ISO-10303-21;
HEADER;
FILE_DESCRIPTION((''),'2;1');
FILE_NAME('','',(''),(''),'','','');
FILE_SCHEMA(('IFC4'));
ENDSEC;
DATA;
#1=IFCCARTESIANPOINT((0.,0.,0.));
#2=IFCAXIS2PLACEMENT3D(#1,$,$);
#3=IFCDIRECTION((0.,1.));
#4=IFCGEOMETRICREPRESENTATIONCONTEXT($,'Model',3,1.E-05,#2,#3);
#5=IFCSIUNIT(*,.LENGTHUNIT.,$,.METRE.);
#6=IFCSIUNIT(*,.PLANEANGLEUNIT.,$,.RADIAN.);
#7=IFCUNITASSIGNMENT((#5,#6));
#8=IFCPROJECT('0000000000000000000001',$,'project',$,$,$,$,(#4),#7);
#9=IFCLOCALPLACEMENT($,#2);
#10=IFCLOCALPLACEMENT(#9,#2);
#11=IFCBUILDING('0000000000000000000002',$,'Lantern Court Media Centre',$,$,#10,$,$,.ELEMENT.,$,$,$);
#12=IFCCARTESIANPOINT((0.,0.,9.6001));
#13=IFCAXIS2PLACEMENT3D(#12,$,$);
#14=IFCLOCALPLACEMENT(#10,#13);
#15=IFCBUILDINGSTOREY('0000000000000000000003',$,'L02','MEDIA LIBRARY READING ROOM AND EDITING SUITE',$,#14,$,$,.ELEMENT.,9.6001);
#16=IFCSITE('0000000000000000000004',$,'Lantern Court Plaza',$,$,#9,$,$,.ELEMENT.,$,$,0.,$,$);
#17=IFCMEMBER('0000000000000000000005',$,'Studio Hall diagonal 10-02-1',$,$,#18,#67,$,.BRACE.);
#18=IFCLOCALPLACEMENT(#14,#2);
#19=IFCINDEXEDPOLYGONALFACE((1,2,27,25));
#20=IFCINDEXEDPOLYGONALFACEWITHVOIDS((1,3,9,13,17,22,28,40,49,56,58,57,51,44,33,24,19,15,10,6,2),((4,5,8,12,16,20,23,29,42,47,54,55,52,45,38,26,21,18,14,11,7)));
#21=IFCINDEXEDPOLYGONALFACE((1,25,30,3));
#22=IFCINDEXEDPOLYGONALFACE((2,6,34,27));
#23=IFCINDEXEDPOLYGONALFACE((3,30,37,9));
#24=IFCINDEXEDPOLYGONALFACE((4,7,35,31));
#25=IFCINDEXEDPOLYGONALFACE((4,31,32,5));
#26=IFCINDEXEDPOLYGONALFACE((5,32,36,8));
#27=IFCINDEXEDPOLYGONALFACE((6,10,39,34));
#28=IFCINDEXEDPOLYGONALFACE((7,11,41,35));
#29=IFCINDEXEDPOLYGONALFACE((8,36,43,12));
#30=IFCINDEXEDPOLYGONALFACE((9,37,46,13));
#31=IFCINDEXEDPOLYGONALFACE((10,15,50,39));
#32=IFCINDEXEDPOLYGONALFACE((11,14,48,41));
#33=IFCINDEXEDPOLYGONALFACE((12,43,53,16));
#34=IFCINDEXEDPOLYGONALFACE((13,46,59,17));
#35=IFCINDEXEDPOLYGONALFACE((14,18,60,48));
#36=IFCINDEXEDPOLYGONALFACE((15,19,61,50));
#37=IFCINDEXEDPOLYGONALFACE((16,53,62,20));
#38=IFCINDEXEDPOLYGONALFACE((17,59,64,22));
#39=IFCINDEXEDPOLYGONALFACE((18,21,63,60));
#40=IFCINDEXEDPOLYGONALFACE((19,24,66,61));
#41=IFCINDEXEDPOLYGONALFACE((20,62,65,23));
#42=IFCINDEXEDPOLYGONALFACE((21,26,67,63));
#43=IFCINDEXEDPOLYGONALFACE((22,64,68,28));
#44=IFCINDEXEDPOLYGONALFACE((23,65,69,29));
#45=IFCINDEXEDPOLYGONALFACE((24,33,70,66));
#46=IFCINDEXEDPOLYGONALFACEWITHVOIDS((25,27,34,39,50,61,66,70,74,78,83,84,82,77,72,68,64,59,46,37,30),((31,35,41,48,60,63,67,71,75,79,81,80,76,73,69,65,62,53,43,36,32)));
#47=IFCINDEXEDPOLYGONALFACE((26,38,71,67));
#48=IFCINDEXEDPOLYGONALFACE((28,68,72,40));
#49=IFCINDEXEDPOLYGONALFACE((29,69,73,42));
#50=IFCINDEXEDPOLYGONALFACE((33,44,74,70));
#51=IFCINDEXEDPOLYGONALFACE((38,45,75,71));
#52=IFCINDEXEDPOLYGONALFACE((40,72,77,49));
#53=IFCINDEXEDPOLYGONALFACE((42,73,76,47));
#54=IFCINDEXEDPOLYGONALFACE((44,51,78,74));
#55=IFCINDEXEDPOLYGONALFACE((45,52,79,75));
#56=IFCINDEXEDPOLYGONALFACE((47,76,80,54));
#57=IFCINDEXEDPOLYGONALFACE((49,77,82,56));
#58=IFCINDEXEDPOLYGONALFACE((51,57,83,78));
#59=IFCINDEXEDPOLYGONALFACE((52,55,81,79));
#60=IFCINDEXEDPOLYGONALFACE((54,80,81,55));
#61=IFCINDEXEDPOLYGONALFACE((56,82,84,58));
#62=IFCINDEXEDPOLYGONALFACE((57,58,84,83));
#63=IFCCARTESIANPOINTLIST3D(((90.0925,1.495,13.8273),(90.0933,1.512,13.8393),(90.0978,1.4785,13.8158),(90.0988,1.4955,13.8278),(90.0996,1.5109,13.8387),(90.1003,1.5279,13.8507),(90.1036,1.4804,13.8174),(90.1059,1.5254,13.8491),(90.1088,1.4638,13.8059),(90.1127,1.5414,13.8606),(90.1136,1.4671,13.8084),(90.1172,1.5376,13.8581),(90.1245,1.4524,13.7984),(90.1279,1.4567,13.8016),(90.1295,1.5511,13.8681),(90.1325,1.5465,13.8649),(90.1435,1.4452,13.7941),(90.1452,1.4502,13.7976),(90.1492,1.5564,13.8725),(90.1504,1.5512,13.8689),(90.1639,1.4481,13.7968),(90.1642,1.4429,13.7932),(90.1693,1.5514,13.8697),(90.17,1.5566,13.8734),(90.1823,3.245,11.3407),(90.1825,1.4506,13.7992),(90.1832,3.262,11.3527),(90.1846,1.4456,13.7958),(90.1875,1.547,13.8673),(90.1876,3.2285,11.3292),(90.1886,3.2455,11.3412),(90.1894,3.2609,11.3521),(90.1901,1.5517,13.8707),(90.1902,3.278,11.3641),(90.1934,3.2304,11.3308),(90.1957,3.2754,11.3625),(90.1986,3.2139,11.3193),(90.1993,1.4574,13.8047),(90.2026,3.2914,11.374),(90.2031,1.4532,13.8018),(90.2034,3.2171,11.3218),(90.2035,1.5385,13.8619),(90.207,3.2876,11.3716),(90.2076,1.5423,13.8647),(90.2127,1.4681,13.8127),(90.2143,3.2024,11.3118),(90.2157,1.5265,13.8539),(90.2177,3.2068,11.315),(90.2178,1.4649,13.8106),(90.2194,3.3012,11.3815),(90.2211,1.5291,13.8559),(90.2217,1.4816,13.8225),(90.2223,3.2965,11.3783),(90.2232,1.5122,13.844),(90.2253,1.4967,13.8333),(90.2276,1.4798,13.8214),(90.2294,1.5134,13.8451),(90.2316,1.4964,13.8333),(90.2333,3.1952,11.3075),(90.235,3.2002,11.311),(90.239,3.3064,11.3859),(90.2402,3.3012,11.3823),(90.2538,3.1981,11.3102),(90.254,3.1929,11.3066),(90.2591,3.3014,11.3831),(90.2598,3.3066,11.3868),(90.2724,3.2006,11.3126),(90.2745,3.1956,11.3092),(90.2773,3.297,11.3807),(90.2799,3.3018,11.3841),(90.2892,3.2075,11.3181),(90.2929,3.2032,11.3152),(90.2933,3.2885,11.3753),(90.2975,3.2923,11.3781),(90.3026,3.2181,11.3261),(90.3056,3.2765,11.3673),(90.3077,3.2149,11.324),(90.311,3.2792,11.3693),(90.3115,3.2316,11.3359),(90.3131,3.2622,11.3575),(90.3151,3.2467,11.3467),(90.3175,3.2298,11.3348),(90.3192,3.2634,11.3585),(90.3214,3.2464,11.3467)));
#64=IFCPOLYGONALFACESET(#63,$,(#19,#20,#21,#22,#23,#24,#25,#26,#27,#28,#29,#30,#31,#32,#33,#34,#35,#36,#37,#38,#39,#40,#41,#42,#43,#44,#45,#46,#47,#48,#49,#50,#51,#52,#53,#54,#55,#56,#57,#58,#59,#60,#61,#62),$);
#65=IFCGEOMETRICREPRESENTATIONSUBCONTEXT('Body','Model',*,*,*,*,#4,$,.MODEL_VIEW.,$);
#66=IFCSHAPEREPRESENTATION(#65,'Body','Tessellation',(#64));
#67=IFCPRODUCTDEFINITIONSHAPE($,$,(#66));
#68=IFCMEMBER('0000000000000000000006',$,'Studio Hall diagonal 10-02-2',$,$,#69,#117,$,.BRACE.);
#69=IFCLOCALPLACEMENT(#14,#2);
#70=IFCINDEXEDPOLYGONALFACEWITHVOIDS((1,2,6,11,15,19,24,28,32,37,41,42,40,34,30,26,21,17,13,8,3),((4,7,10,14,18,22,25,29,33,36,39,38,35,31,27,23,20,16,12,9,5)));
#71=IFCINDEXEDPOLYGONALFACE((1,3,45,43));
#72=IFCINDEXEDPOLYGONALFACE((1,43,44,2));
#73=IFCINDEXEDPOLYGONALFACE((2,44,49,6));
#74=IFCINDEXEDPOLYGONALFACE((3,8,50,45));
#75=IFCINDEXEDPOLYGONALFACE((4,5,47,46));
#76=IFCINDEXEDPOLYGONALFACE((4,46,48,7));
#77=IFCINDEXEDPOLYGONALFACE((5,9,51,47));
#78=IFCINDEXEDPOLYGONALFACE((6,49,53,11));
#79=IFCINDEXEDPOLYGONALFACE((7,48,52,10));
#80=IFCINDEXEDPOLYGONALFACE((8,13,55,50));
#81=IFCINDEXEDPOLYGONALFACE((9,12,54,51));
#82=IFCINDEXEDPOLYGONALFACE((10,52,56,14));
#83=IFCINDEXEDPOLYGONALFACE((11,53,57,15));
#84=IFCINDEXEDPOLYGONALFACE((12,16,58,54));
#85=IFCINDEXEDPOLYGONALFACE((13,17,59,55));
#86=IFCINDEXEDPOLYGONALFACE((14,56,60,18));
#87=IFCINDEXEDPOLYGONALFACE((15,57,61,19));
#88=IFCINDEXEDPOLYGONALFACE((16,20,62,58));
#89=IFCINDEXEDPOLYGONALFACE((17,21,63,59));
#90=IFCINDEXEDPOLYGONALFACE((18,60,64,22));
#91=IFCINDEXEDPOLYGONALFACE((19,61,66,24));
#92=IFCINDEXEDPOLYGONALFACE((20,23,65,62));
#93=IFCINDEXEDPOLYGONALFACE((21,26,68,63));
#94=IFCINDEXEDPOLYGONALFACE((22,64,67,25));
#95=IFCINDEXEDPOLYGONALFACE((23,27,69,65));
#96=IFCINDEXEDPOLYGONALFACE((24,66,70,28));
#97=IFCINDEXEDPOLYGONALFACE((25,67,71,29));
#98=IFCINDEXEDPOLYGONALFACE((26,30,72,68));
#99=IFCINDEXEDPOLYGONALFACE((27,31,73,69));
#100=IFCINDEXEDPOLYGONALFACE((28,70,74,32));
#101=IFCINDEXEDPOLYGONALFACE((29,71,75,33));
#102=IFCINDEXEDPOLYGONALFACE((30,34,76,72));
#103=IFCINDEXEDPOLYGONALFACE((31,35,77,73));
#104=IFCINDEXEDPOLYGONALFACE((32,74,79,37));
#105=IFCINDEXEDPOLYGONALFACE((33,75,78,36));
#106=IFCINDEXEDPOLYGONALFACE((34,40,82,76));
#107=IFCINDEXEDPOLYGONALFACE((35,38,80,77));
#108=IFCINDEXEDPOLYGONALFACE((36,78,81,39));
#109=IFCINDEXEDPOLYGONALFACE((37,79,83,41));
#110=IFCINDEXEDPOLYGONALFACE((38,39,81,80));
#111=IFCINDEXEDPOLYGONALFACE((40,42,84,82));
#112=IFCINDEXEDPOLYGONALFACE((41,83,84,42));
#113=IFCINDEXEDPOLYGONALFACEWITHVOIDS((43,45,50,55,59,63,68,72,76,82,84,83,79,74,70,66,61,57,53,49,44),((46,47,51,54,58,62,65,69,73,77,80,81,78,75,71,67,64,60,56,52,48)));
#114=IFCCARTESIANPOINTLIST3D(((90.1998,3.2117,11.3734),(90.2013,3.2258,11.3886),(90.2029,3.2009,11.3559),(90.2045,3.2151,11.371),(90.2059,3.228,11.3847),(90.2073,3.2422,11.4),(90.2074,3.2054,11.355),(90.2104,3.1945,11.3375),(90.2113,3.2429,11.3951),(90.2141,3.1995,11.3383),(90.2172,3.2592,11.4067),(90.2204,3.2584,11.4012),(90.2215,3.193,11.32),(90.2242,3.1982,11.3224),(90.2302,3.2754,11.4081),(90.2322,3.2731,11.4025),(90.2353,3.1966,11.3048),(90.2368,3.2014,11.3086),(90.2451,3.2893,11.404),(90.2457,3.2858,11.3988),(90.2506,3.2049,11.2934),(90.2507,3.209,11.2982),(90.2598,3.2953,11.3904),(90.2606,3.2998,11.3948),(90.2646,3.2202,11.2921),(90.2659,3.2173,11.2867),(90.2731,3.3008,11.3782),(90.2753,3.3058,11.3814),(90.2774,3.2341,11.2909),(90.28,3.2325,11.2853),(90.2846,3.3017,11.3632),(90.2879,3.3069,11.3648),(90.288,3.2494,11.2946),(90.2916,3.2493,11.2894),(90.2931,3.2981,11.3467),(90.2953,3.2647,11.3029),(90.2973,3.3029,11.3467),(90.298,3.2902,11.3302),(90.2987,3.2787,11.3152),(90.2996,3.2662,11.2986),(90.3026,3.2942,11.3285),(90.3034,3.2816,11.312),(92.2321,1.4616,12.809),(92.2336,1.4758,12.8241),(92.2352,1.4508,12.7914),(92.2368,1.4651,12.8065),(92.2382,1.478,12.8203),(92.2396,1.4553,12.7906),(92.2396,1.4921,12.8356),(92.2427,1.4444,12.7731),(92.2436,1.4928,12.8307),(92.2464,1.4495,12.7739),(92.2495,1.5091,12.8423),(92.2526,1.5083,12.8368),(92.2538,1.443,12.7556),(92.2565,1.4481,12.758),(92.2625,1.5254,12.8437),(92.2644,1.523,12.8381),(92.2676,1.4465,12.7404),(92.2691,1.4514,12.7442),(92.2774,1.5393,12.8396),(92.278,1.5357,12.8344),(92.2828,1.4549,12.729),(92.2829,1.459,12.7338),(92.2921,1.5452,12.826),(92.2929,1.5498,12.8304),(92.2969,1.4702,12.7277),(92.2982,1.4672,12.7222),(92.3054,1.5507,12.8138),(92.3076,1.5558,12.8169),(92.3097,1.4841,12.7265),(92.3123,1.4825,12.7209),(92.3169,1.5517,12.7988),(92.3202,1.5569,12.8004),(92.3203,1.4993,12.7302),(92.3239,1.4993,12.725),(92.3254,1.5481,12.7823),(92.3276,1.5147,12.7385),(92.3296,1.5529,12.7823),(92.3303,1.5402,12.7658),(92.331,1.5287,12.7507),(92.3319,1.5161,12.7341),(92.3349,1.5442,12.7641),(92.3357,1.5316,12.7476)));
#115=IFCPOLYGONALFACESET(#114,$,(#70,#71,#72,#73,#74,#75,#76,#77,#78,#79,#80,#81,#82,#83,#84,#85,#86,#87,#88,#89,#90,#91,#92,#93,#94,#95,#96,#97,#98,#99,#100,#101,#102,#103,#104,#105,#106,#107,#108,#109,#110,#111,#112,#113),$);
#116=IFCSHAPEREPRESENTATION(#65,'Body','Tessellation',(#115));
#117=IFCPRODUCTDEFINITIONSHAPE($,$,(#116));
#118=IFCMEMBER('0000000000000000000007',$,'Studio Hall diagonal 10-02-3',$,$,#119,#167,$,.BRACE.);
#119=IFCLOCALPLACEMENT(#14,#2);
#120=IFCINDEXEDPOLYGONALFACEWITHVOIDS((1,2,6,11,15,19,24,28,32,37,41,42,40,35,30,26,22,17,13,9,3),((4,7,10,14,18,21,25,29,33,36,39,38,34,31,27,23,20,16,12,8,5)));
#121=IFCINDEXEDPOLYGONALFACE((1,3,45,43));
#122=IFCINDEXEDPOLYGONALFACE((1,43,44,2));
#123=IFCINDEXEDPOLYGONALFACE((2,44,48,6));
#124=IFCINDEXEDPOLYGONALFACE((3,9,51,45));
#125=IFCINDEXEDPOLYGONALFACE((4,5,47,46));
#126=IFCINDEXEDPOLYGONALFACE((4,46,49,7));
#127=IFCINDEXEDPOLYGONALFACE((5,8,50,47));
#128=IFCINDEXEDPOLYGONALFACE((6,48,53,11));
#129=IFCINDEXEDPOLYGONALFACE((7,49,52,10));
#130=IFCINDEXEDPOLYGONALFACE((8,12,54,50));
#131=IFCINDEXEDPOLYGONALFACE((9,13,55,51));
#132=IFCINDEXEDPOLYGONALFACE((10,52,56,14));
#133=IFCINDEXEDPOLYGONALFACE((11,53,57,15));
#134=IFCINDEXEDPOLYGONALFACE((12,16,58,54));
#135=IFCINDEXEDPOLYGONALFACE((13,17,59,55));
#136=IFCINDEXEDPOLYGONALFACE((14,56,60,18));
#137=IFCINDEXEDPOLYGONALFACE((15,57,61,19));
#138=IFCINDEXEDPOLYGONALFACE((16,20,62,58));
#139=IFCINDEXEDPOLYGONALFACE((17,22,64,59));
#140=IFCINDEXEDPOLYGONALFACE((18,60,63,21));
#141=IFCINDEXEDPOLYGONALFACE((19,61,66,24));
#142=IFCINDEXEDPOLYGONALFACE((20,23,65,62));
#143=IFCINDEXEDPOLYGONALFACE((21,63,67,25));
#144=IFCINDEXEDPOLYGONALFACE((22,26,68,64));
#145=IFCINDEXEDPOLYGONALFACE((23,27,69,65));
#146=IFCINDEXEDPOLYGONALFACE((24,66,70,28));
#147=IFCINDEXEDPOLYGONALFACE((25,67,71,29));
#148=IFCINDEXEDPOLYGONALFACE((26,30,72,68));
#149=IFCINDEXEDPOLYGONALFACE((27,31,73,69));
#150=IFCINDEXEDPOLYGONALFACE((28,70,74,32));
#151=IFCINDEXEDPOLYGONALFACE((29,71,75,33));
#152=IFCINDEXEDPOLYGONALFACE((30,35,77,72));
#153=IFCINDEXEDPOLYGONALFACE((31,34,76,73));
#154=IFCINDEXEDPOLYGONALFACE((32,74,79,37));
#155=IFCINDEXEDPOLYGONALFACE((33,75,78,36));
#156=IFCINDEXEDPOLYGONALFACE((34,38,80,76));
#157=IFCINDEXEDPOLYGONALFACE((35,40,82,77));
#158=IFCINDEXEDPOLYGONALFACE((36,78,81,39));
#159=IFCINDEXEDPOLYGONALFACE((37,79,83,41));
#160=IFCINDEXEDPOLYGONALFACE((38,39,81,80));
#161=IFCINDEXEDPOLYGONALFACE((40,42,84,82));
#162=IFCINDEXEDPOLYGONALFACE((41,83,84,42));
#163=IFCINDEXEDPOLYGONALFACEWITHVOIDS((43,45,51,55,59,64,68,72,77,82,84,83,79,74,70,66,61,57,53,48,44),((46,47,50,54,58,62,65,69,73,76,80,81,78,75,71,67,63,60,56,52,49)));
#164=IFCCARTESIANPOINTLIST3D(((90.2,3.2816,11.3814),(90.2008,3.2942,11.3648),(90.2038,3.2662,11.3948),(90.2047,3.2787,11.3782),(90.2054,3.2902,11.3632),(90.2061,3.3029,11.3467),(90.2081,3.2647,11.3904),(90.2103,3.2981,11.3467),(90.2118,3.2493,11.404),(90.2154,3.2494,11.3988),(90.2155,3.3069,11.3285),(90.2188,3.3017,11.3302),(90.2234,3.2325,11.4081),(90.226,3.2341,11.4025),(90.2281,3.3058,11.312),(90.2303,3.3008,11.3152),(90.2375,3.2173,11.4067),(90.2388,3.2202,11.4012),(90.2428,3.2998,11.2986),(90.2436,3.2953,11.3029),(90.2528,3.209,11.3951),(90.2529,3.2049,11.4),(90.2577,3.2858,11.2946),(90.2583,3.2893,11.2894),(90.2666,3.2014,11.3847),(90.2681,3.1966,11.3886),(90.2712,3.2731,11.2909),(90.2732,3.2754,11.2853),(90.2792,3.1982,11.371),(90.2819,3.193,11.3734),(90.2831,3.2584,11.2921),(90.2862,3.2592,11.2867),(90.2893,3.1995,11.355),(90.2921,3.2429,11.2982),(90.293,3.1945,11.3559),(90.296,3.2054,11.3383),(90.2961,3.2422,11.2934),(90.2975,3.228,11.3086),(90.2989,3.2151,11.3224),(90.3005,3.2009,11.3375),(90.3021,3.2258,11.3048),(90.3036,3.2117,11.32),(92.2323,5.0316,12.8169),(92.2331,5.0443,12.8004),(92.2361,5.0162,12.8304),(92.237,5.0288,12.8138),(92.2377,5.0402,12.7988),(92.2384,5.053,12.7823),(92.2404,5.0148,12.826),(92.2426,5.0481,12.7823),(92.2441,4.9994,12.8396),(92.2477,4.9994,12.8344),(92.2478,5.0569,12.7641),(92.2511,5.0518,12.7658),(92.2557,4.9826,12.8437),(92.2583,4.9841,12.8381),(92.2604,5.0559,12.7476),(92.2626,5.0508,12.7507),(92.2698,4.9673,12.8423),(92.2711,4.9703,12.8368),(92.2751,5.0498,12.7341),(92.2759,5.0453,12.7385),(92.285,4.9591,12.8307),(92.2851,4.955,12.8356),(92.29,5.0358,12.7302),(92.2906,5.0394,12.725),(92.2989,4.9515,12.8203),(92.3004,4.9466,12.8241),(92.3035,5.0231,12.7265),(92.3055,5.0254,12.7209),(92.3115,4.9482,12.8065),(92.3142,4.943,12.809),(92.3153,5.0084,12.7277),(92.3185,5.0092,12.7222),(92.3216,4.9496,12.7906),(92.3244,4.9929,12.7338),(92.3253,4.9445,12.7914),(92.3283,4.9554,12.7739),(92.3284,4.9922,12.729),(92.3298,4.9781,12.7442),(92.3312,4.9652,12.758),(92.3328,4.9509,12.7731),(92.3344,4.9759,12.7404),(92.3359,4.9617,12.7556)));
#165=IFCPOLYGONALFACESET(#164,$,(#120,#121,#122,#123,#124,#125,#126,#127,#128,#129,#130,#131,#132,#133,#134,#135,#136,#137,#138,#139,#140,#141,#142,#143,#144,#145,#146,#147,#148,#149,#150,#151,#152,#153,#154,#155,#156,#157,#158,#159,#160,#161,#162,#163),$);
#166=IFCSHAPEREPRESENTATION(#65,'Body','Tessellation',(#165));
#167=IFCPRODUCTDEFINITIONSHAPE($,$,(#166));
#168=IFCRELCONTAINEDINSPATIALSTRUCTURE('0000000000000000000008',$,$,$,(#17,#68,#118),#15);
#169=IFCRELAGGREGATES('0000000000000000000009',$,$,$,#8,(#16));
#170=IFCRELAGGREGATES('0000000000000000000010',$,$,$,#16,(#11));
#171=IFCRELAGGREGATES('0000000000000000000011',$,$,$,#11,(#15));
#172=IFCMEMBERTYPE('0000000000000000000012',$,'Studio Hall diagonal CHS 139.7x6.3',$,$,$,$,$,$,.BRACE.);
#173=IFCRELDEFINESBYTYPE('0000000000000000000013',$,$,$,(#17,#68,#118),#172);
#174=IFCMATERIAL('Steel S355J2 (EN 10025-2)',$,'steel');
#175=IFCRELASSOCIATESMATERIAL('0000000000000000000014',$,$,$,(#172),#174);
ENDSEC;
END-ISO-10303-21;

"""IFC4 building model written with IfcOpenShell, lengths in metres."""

from ifc_helpers import new_model, si_unit, direction, frame, origin, origin_2d, place, context, subcontext, project, spatial, hollow_circle, extrude, material, material_profile, profile_set, type_object, element, save


model = new_model("IFC4")

# Units and contexts
model_context = context("Model", 3, precision=1e-05, world=origin(), true_north=direction((0.0, 1.0)))
body_context = subcontext(model_context, "Body", "Model", "MODEL_VIEW")
ifc_project = project(units=[si_unit("LENGTHUNIT", "METRE"), si_unit("PLANEANGLEUNIT", "RADIAN")], contexts=[model_context])

# Site, building, storey
site_placement = place(None, origin())
site = spatial("IfcSite", under=ifc_project, at=site_placement, Name="Lantern Court Plaza", CompositionType="ELEMENT", RefElevation=0.0)
building_placement = place(site_placement, origin())
building = spatial("IfcBuilding", under=site, at=building_placement, Name="Lantern Court Media Centre", CompositionType="ELEMENT")
storey_placement = place(building_placement, frame((0.0, 0.0, 9.6001)))
storey = spatial("IfcBuildingStorey", under=building, at=storey_placement, Name="L02", Description="MEDIA LIBRARY READING ROOM AND EDITING SUITE", CompositionType="ELEMENT", Elevation=9.6001)

# Members
ifc_material = material(Name="Steel S355J2 (EN 10025-2)", Category="steel")
ifc_material_profile_1 = material_profile(ifc_material, hollow_circle(Radius=0.0698, WallThickness=0.0063, at=origin_2d()), Name="Studio Hall diagonal CHS 139.7x6.3")
ifc_profile_set_1 = profile_set([ifc_material_profile_1], Name="Steel S355J2 (EN 10025-2)")
member_type_1 = type_object("IfcMemberType", Name="Studio Hall diagonal CHS 139.7x6.3", PredefinedType="BRACE", material=ifc_profile_set_1)
for number, where, z_axis, x_axis, name in (
    (1, (90.2517, 3.25, 11.3467), (-0.029535, -0.575284, 0.81742), (0.998685, -0.051272, 0.0), "Studio Hall diagonal 10-02-1"),
    (2, (90.2517, 3.25, 11.3467), (0.668075, -0.575296, 0.471922), (0.652529, 0.757764, 0.0), "Studio Hall diagonal 10-02-2"),
    (3, (90.2517, 3.25, 11.3467), (0.668075, 0.575296, 0.471922), (-0.652529, 0.757764, 0.0), "Studio Hall diagonal 10-02-3"),
):
    element("IfcMember", number, at=place(storey_placement, frame(where, z_axis=z_axis, x_axis=x_axis)), inside=storey, type_object=member_type_1, Name=name, PredefinedType="BRACE", context=body_context, shape_type="SweptSolid", body=[
        extrude(hollow_circle(Radius=0.0698, WallThickness=0.0063, at=origin_2d()), origin(), (0.0, 0.0, 1.0), 3.042),
    ])

save(model, "model.ifc")
